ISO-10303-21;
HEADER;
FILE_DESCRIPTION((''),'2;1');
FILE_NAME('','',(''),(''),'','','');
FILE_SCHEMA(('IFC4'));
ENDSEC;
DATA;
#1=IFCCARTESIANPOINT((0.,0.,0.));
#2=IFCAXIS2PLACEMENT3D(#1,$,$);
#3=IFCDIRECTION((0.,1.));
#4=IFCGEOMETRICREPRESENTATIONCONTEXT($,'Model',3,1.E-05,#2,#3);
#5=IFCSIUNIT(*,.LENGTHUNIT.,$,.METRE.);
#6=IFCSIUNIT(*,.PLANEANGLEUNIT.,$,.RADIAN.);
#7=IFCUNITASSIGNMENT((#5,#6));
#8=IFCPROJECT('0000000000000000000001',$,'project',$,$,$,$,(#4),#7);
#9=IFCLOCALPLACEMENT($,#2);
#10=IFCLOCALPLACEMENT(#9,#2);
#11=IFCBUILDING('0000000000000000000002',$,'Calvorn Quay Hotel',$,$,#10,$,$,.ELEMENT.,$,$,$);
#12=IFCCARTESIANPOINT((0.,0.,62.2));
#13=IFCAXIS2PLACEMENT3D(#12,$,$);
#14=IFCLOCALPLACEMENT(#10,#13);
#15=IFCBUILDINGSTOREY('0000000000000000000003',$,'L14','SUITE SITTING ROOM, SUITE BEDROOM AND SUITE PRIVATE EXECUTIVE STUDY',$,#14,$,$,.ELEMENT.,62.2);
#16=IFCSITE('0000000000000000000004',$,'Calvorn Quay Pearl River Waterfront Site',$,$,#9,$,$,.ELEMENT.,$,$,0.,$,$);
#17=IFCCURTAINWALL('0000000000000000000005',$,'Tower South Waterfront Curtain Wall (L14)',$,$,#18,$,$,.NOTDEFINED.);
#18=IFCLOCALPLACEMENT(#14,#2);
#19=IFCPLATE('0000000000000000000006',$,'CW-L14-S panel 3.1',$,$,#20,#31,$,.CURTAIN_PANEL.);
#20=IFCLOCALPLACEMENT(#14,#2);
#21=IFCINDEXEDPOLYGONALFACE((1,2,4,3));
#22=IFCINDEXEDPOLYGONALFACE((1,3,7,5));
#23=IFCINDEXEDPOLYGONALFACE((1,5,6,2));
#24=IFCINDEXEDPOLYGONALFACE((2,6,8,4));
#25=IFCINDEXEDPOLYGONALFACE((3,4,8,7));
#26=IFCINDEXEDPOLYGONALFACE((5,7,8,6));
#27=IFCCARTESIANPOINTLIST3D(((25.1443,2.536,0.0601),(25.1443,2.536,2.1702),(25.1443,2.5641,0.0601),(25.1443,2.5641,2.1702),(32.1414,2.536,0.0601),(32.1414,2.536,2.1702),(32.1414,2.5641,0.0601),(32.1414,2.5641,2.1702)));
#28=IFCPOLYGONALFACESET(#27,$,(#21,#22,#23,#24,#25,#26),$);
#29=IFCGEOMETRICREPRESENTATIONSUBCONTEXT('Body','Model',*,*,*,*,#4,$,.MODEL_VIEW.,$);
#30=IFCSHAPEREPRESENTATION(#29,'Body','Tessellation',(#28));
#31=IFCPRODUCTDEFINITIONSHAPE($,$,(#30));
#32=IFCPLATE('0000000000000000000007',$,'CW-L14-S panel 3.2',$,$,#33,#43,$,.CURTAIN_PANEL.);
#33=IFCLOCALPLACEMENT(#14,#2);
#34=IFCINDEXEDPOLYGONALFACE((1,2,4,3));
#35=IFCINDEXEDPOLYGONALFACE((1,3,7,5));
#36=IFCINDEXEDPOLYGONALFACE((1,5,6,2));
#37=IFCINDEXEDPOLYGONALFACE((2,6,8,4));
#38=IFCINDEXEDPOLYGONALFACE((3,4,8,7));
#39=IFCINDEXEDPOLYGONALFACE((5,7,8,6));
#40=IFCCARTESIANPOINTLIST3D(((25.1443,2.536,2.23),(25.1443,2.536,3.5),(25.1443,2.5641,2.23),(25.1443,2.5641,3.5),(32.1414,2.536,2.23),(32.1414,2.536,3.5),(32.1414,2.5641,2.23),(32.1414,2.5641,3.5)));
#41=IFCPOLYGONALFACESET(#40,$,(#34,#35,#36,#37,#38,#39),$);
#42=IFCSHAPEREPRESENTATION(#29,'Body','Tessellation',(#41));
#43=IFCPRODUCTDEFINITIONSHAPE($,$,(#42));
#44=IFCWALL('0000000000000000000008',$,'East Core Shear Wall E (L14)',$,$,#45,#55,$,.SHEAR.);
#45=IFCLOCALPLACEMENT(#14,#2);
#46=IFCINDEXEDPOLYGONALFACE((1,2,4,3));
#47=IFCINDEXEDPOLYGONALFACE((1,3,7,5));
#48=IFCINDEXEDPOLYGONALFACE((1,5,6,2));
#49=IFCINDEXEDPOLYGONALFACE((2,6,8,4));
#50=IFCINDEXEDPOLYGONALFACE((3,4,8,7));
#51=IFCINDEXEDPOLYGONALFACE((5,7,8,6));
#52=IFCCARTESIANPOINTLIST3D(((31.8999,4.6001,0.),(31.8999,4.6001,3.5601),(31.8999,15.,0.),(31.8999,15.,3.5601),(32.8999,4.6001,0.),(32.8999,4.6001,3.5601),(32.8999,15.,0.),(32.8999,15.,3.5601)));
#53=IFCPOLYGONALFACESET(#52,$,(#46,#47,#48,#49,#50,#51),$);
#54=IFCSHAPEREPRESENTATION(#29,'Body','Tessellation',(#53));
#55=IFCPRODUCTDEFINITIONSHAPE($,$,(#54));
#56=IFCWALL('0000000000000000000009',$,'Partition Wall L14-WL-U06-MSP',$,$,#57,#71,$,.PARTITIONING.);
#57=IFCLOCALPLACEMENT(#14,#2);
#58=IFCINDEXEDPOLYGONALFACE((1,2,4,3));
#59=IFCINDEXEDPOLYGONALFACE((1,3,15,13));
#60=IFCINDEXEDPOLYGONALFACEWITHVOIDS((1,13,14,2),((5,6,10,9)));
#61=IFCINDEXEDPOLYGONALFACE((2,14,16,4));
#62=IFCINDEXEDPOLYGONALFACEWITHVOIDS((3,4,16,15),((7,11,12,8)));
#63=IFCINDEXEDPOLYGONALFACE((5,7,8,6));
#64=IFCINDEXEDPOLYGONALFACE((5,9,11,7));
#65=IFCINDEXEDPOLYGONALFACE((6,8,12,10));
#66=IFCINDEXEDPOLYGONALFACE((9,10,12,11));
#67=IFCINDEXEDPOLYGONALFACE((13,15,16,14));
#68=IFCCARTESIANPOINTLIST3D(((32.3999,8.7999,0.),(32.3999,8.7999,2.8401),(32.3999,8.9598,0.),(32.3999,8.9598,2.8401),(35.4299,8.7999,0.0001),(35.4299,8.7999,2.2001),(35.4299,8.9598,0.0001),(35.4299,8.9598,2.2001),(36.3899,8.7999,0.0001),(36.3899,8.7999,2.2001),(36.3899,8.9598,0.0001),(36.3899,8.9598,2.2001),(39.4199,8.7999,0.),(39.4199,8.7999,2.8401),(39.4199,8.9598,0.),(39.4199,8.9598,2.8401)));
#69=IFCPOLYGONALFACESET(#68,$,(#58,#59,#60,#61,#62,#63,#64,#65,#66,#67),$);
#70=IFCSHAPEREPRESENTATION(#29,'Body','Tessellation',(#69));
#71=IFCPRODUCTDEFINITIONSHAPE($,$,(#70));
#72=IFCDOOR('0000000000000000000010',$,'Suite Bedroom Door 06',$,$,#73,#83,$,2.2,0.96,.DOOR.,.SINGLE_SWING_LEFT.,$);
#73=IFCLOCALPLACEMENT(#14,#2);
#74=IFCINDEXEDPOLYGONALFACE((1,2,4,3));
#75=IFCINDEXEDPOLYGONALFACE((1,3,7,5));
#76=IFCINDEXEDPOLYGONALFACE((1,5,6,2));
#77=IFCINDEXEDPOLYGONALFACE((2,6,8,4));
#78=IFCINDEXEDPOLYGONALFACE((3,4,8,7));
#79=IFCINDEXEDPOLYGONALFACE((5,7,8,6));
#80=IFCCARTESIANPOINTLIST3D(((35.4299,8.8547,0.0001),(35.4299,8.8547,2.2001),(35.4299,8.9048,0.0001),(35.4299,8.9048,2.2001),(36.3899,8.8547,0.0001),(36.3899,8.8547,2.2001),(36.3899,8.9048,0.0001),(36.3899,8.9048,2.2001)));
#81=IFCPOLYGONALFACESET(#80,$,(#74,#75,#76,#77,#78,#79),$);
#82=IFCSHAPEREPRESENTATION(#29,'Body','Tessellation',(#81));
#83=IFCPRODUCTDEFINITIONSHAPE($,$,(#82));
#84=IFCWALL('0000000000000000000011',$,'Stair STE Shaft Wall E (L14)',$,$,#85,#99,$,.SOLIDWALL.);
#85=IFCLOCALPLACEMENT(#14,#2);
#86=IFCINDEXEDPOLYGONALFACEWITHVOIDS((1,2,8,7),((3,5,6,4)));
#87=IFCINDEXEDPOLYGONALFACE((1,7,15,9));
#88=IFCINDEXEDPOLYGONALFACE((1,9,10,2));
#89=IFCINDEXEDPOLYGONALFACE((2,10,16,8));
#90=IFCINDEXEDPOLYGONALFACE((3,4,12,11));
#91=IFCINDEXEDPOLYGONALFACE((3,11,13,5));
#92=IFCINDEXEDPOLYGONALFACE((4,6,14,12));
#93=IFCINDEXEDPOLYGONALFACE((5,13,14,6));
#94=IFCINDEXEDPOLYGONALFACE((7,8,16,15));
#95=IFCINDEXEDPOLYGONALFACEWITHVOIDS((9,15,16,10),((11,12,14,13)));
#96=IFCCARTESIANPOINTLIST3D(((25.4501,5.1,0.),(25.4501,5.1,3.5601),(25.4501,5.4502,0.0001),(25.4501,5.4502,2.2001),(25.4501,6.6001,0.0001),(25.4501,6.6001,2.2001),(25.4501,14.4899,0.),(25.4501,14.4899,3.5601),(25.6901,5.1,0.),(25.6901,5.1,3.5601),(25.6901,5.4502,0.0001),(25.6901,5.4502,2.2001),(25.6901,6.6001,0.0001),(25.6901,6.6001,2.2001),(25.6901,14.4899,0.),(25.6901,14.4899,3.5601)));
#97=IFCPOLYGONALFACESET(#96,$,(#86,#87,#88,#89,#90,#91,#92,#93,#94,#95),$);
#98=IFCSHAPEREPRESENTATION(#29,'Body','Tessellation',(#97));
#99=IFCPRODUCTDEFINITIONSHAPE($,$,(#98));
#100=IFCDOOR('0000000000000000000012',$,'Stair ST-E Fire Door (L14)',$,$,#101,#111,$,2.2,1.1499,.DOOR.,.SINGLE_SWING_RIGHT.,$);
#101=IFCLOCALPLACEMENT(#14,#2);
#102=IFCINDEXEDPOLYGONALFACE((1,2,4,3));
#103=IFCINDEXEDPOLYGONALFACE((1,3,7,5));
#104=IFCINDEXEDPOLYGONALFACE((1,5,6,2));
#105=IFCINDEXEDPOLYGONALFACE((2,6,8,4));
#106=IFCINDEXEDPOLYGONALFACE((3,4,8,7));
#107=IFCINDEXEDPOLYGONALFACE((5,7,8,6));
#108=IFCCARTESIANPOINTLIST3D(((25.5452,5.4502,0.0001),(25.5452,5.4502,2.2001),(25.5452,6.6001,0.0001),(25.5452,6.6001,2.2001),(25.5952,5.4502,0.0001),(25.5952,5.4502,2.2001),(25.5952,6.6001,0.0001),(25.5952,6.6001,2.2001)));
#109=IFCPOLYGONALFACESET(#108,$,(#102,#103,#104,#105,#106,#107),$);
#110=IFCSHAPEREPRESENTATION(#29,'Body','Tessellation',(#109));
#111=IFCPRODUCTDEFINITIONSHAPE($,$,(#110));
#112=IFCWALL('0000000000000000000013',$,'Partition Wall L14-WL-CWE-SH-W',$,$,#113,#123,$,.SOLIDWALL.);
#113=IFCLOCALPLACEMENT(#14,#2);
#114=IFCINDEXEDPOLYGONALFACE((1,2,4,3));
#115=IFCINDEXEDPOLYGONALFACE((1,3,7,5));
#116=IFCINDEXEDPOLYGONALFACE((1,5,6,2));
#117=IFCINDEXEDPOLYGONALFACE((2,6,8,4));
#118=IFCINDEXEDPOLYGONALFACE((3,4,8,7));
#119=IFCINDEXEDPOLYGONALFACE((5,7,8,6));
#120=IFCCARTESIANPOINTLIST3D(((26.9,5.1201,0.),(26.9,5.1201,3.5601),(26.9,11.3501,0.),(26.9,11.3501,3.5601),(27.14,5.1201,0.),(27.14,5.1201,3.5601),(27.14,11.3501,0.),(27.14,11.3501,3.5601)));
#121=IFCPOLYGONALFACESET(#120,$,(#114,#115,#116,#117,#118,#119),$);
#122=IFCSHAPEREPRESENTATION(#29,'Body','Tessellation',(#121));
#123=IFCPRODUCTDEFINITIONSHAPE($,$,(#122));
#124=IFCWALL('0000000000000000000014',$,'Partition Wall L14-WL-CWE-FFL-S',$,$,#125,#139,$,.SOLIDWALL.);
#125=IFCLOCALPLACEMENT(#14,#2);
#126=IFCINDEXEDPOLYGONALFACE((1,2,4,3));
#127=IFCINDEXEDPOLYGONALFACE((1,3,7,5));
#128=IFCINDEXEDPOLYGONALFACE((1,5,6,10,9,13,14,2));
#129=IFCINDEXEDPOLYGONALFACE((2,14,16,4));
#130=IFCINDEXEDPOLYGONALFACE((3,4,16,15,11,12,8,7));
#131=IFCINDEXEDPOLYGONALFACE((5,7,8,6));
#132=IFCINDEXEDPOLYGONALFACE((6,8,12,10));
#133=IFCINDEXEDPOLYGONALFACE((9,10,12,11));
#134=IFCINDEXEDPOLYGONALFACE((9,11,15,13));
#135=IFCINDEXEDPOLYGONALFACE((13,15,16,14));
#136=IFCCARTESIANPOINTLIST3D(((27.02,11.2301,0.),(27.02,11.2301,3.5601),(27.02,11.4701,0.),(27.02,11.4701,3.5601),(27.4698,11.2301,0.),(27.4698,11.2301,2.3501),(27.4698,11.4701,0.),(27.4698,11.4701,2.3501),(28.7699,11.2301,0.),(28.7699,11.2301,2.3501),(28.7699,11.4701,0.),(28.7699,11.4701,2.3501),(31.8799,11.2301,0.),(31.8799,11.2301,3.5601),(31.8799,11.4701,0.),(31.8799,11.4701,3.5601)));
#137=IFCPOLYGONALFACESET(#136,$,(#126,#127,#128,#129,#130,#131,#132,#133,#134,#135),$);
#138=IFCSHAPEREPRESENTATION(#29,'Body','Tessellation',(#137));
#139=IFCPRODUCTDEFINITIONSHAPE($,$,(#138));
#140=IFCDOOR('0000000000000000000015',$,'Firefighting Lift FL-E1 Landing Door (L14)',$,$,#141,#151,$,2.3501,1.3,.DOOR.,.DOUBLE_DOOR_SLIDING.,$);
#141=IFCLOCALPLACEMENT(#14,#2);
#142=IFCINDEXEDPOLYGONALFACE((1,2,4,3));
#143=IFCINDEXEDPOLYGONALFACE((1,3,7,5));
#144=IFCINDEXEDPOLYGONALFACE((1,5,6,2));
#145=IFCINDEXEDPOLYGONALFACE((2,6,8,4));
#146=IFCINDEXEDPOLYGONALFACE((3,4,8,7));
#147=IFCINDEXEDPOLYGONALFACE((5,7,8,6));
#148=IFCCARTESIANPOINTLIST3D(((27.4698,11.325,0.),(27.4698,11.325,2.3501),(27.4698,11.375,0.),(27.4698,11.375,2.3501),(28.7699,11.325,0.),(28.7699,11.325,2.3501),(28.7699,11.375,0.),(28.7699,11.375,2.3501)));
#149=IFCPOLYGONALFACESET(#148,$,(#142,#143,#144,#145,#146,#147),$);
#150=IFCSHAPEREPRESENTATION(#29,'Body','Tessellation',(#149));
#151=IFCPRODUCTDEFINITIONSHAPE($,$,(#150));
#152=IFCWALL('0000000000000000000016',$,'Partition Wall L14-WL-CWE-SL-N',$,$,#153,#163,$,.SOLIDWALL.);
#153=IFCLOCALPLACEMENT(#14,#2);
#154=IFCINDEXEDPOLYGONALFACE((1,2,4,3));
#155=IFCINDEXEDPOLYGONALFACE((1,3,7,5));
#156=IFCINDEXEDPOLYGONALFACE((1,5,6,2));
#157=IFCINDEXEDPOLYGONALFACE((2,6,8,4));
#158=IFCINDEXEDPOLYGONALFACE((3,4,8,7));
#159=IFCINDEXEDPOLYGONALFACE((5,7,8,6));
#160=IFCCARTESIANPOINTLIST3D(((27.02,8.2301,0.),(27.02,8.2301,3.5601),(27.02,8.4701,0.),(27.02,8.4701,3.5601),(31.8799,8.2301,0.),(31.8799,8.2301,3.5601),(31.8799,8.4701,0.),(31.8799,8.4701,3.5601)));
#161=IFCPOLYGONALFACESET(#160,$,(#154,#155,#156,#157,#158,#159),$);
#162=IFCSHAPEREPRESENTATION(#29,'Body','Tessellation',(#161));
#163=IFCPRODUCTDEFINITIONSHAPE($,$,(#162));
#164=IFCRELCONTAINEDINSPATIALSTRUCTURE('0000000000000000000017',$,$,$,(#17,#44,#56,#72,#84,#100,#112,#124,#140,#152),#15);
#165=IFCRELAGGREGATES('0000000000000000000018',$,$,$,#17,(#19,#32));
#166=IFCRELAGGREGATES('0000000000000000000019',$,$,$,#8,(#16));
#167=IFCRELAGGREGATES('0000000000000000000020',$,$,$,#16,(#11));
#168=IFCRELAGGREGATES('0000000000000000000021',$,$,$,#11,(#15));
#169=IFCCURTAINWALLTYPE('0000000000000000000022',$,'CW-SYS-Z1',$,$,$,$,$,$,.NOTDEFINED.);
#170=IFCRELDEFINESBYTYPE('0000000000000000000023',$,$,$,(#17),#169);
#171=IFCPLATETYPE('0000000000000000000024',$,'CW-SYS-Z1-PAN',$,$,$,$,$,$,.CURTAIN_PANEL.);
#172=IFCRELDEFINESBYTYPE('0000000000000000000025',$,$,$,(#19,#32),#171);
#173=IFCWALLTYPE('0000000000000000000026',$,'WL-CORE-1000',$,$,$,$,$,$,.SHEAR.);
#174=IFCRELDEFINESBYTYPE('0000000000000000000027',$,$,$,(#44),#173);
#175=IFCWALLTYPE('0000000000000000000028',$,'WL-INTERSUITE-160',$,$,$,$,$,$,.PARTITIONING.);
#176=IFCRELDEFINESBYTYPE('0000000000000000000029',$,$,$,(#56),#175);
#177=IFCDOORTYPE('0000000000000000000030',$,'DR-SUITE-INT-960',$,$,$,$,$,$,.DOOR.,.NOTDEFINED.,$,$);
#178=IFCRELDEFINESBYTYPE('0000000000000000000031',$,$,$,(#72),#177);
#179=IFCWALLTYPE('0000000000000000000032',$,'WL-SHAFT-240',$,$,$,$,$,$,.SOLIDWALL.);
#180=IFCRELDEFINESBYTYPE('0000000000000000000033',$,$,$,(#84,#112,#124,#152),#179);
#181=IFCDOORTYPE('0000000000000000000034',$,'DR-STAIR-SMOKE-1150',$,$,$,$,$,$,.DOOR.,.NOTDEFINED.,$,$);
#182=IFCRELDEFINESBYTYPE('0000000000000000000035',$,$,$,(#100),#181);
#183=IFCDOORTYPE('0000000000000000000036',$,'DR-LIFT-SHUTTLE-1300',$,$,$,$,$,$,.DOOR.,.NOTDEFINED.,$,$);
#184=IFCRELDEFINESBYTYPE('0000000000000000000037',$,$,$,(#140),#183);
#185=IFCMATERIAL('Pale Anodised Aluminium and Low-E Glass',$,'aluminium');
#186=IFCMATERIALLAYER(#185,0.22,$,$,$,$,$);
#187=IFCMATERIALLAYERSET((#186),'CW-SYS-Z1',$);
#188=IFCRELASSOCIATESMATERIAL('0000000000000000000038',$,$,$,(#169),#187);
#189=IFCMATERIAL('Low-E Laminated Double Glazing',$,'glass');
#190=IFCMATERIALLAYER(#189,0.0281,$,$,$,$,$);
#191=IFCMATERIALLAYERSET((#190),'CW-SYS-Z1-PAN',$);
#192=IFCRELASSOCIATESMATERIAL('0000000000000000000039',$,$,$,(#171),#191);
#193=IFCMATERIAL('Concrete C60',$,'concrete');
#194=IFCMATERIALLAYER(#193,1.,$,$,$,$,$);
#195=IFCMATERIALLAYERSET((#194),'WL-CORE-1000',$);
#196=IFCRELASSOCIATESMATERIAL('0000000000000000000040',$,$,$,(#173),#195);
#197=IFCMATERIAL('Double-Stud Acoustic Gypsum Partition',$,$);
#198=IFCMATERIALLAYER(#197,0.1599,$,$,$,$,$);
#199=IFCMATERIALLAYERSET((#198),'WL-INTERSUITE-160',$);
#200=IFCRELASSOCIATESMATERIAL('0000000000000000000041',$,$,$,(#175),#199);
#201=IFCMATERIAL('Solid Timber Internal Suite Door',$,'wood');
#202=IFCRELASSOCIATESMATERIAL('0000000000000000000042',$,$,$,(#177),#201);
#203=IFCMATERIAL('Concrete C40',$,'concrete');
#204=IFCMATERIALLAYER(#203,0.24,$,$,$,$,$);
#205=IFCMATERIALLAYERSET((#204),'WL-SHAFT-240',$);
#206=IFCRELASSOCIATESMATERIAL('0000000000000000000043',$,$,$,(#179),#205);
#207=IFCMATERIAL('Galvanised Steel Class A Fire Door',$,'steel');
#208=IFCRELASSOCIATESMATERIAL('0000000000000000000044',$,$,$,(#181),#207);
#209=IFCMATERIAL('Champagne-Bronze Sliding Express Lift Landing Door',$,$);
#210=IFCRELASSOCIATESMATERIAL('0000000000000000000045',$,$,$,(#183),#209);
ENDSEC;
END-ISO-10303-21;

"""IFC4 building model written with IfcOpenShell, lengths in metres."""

from ifc_helpers import new_model, si_unit, direction, frame, frame_2d, origin, origin_2d, place, context, subcontext, project, spatial, rectangle, extrude, material, layer, layer_set, type_object, element, fill, aggregate, save


model = new_model("IFC4")

# Units and contexts
model_context = context("Model", 3, precision=1e-05, world=origin(), true_north=direction((0.0, 1.0)))
body_context = subcontext(model_context, "Body", "Model", "MODEL_VIEW")
ifc_project = project(units=[si_unit("LENGTHUNIT", "METRE"), si_unit("PLANEANGLEUNIT", "RADIAN")], contexts=[model_context])

# Site, building, storey
site_placement = place(None, origin())
site = spatial("IfcSite", under=ifc_project, at=site_placement, Name="Calvorn Quay Pearl River Waterfront Site", CompositionType="ELEMENT", RefElevation=0.0)
building_placement = place(site_placement, origin())
building = spatial("IfcBuilding", under=site, at=building_placement, Name="Calvorn Quay Hotel", CompositionType="ELEMENT")
storey_placement = place(building_placement, frame((0.0, 0.0, 62.2)))
storey = spatial("IfcBuildingStorey", under=building, at=storey_placement, Name="L14", Description="SUITE SITTING ROOM, SUITE BEDROOM AND SUITE PRIVATE EXECUTIVE STUDY", CompositionType="ELEMENT", Elevation=62.2)

# Curtain wall, plates
ifc_material_1 = material(Name="Pale Anodised Aluminium and Low-E Glass", Category="aluminium")
ifc_layer_1 = layer(ifc_material_1, 0.22)
ifc_layer_set_1 = layer_set([ifc_layer_1], Name="CW-SYS-Z1")
curtain_wall_type = type_object("IfcCurtainWallType", Name="CW-SYS-Z1", PredefinedType="NOTDEFINED", material=ifc_layer_set_1)
curtain_wall_placement = place(storey_placement, origin())
curtain_wall = element("IfcCurtainWall", 1, at=curtain_wall_placement, inside=storey, type_object=curtain_wall_type, Name="Tower South Waterfront Curtain Wall (L14)", PredefinedType="NOTDEFINED")
ifc_material_2 = material(Name="Low-E Laminated Double Glazing", Category="glass")
ifc_layer_2 = layer(ifc_material_2, 0.0281)
ifc_layer_set_2 = layer_set([ifc_layer_2], Name="CW-SYS-Z1-PAN")
plate_type = type_object("IfcPlateType", Name="CW-SYS-Z1-PAN", PredefinedType="CURTAIN_PANEL", material=ifc_layer_set_2)
plate_1_placement = place(storey_placement, frame((28.6428, 2.55, 0.0601), z_axis=(0.0, 0.0, 1.0), x_axis=(1.0, 0.0, 0.0)))
plate_1 = element("IfcPlate", 2, at=plate_1_placement, type_object=plate_type, Name="CW-L14-S panel 3.1", PredefinedType="CURTAIN_PANEL", context=body_context, shape_type="SweptSolid", body=[
    extrude(rectangle(XDim=6.9971, YDim=0.0281, at=origin_2d()), origin(), (0.0, 0.0, 1.0), 2.1101),
])
plate_2_placement = place(storey_placement, frame((28.6428, 2.55, 2.23), z_axis=(0.0, 0.0, 1.0), x_axis=(1.0, 0.0, 0.0)))
plate_2 = element("IfcPlate", 3, at=plate_2_placement, type_object=plate_type, Name="CW-L14-S panel 3.2", PredefinedType="CURTAIN_PANEL", context=body_context, shape_type="SweptSolid", body=[
    extrude(rectangle(XDim=6.9971, YDim=0.0281, at=origin_2d()), origin(), (0.0, 0.0, 1.0), 1.27),
])
aggregate(curtain_wall, [plate_1, plate_2])

# Wall
ifc_material_3 = material(Name="Concrete C60", Category="concrete")
ifc_layer_3 = layer(ifc_material_3, 1.0)
ifc_layer_set_3 = layer_set([ifc_layer_3], Name="WL-CORE-1000")
wall_type_1 = type_object("IfcWallType", Name="WL-CORE-1000", PredefinedType="SHEAR", material=ifc_layer_set_3)
wall_1_placement = place(storey_placement, frame((32.3999, 4.6001, 0.0), z_axis=(0.0, 0.0, 1.0), x_axis=(0.0, 1.0, 0.0)))
element("IfcWall", 4, at=wall_1_placement, inside=storey, type_object=wall_type_1, Name="East Core Shear Wall E (L14)", PredefinedType="SHEAR", context=body_context, shape_type="SweptSolid", body=[
    extrude(rectangle(XDim=10.3999, YDim=1.0, at=frame_2d((5.2, 0.0))), origin(), (0.0, 0.0, 1.0), 3.5601),
])

# Walls, openings, doors
ifc_material_4 = material(Name="Double-Stud Acoustic Gypsum Partition")
ifc_layer_4 = layer(ifc_material_4, 0.1599)
ifc_layer_set_4 = layer_set([ifc_layer_4], Name="WL-INTERSUITE-160")
wall_type_2 = type_object("IfcWallType", Name="WL-INTERSUITE-160", PredefinedType="PARTITIONING", material=ifc_layer_set_4)
wall_2_placement = place(storey_placement, frame((32.3999, 8.8799, 0.0), z_axis=(0.0, 0.0, 1.0), x_axis=(1.0, 0.0, 0.0)))
wall_2 = element("IfcWall", 5, at=wall_2_placement, inside=storey, type_object=wall_type_2, Name="Partition Wall L14-WL-U06-MSP", PredefinedType="PARTITIONING", context=body_context, shape_type="SweptSolid", body=[
    extrude(rectangle(XDim=7.02, YDim=0.1599, at=frame_2d((3.51, 0.0))), origin(), (0.0, 0.0, 1.0), 2.8401),
])
opening_1_placement = place(wall_2_placement, frame((3.03, 0.0, 0.0)))
opening_1 = element("IfcOpeningElement", 6, at=opening_1_placement, cuts=wall_2, PredefinedType="OPENING", context=body_context, shape_type="SweptSolid", body=[
    extrude(rectangle(XDim=0.96, YDim=2.2, at=frame_2d((0.48, 1.1001))), frame((0.0, 0.0898, 0.0), z_axis=(0.0, -1.0, 0.0), x_axis=(1.0, 0.0, 0.0)), (0.0, 0.0, 1.0), 0.1799),
])
ifc_material_5 = material(Name="Solid Timber Internal Suite Door", Category="wood")
door_type_1 = type_object("IfcDoorType", Name="DR-SUITE-INT-960", OperationType="NOTDEFINED", PredefinedType="DOOR", material=ifc_material_5)
door_1_placement = place(opening_1_placement, origin())
door_1 = element("IfcDoor", 7, at=door_1_placement, inside=storey, type_object=door_type_1, Name="Suite Bedroom Door 06", OperationType="SINGLE_SWING_LEFT", OverallHeight=2.2, OverallWidth=0.96, PredefinedType="DOOR", context=body_context, shape_type="SweptSolid", body=[
    extrude(rectangle(XDim=0.96, YDim=2.2, at=frame_2d((0.48, 1.1001))), frame((0.0, 0.0249, 0.0), z_axis=(0.0, -1.0, 0.0), x_axis=(1.0, 0.0, 0.0)), (0.0, 0.0, 1.0), 0.05),
])
fill(opening_1, door_1)
ifc_material_6 = material(Name="Concrete C40", Category="concrete")
ifc_layer_5 = layer(ifc_material_6, 0.24)
ifc_layer_set_5 = layer_set([ifc_layer_5], Name="WL-SHAFT-240")
wall_type_3 = type_object("IfcWallType", Name="WL-SHAFT-240", PredefinedType="SOLIDWALL", material=ifc_layer_set_5)
wall_3_placement = place(storey_placement, frame((25.5701, 5.1001, 0.0), z_axis=(0.0, 0.0, 1.0), x_axis=(0.0, 1.0, 0.0)))
wall_3 = element("IfcWall", 8, at=wall_3_placement, inside=storey, type_object=wall_type_3, Name="Stair STE Shaft Wall E (L14)", PredefinedType="SOLIDWALL", context=body_context, shape_type="SweptSolid", body=[
    extrude(rectangle(XDim=9.3899, YDim=0.24, at=frame_2d((4.6948, 0.0))), origin(), (0.0, 0.0, 1.0), 3.5601),
])
opening_2_placement = place(wall_3_placement, frame((0.3501, 0.0, 0.0)))
opening_2 = element("IfcOpeningElement", 9, at=opening_2_placement, cuts=wall_3, PredefinedType="OPENING", context=body_context, shape_type="SweptSolid", body=[
    extrude(rectangle(XDim=1.1499, YDim=2.2, at=frame_2d((0.575, 1.1001))), frame((0.0, 0.1299, 0.0), z_axis=(0.0, -1.0, 0.0), x_axis=(1.0, 0.0, 0.0)), (0.0, 0.0, 1.0), 0.26),
])
ifc_material_7 = material(Name="Galvanised Steel Class A Fire Door", Category="steel")
door_type_2 = type_object("IfcDoorType", Name="DR-STAIR-SMOKE-1150", OperationType="NOTDEFINED", PredefinedType="DOOR", material=ifc_material_7)
door_2_placement = place(opening_2_placement, origin())
door_2 = element("IfcDoor", 10, at=door_2_placement, inside=storey, type_object=door_type_2, Name="Stair ST-E Fire Door (L14)", OperationType="SINGLE_SWING_RIGHT", OverallHeight=2.2, OverallWidth=1.1499, PredefinedType="DOOR", context=body_context, shape_type="SweptSolid", body=[
    extrude(rectangle(XDim=1.1499, YDim=2.2, at=frame_2d((0.575, 1.1001))), frame((0.0, 0.0249, 0.0), z_axis=(0.0, -1.0, 0.0), x_axis=(1.0, 0.0, 0.0)), (0.0, 0.0, 1.0), 0.05),
])
fill(opening_2, door_2)

# Wall
wall_4_placement = place(storey_placement, frame((27.02, 5.1201, 0.0), z_axis=(0.0, 0.0, 1.0), x_axis=(0.0, 1.0, 0.0)))
element("IfcWall", 11, at=wall_4_placement, inside=storey, type_object=wall_type_3, Name="Partition Wall L14-WL-CWE-SH-W", PredefinedType="SOLIDWALL", context=body_context, shape_type="SweptSolid", body=[
    extrude(rectangle(XDim=6.23, YDim=0.24, at=frame_2d((3.115, 0.0))), origin(), (0.0, 0.0, 1.0), 3.5601),
])

# Wall, opening, door
wall_5_placement = place(storey_placement, frame((27.02, 11.3501, 0.0), z_axis=(0.0, 0.0, 1.0), x_axis=(1.0, 0.0, 0.0)))
wall_5 = element("IfcWall", 12, at=wall_5_placement, inside=storey, type_object=wall_type_3, Name="Partition Wall L14-WL-CWE-FFL-S", PredefinedType="SOLIDWALL", context=body_context, shape_type="SweptSolid", body=[
    extrude(rectangle(XDim=4.8599, YDim=0.24, at=frame_2d((2.4299, 0.0))), origin(), (0.0, 0.0, 1.0), 3.5601),
])
opening_3_placement = place(wall_5_placement, frame((0.45, 0.0, 0.0)))
opening_3 = element("IfcOpeningElement", 13, at=opening_3_placement, cuts=wall_5, PredefinedType="OPENING", context=body_context, shape_type="SweptSolid", body=[
    extrude(rectangle(XDim=1.3, YDim=2.3501, at=frame_2d((0.6499, 1.175))), frame((0.0, 0.1299, 0.0), z_axis=(0.0, -1.0, 0.0), x_axis=(1.0, 0.0, 0.0)), (0.0, 0.0, 1.0), 0.26),
])
ifc_material_8 = material(Name="Champagne-Bronze Sliding Express Lift Landing Door")
door_type_3 = type_object("IfcDoorType", Name="DR-LIFT-SHUTTLE-1300", OperationType="NOTDEFINED", PredefinedType="DOOR", material=ifc_material_8)
door_3_placement = place(opening_3_placement, origin())
door_3 = element("IfcDoor", 14, at=door_3_placement, inside=storey, type_object=door_type_3, Name="Firefighting Lift FL-E1 Landing Door (L14)", OperationType="DOUBLE_DOOR_SLIDING", OverallHeight=2.3501, OverallWidth=1.3, PredefinedType="DOOR", context=body_context, shape_type="SweptSolid", body=[
    extrude(rectangle(XDim=1.3, YDim=2.3501, at=frame_2d((0.6499, 1.175))), frame((0.0, 0.0249, 0.0), z_axis=(0.0, -1.0, 0.0), x_axis=(1.0, 0.0, 0.0)), (0.0, 0.0, 1.0), 0.05),
])
fill(opening_3, door_3)

# Wall
wall_6_placement = place(storey_placement, frame((27.02, 8.3501, 0.0), z_axis=(0.0, 0.0, 1.0), x_axis=(1.0, 0.0, 0.0)))
element("IfcWall", 15, at=wall_6_placement, inside=storey, type_object=wall_type_3, Name="Partition Wall L14-WL-CWE-SL-N", PredefinedType="SOLIDWALL", context=body_context, shape_type="SweptSolid", body=[
    extrude(rectangle(XDim=4.8599, YDim=0.24, at=frame_2d((2.4299, 0.0))), origin(), (0.0, 0.0, 1.0), 3.5601),
])

save(model, "model.ifc")
